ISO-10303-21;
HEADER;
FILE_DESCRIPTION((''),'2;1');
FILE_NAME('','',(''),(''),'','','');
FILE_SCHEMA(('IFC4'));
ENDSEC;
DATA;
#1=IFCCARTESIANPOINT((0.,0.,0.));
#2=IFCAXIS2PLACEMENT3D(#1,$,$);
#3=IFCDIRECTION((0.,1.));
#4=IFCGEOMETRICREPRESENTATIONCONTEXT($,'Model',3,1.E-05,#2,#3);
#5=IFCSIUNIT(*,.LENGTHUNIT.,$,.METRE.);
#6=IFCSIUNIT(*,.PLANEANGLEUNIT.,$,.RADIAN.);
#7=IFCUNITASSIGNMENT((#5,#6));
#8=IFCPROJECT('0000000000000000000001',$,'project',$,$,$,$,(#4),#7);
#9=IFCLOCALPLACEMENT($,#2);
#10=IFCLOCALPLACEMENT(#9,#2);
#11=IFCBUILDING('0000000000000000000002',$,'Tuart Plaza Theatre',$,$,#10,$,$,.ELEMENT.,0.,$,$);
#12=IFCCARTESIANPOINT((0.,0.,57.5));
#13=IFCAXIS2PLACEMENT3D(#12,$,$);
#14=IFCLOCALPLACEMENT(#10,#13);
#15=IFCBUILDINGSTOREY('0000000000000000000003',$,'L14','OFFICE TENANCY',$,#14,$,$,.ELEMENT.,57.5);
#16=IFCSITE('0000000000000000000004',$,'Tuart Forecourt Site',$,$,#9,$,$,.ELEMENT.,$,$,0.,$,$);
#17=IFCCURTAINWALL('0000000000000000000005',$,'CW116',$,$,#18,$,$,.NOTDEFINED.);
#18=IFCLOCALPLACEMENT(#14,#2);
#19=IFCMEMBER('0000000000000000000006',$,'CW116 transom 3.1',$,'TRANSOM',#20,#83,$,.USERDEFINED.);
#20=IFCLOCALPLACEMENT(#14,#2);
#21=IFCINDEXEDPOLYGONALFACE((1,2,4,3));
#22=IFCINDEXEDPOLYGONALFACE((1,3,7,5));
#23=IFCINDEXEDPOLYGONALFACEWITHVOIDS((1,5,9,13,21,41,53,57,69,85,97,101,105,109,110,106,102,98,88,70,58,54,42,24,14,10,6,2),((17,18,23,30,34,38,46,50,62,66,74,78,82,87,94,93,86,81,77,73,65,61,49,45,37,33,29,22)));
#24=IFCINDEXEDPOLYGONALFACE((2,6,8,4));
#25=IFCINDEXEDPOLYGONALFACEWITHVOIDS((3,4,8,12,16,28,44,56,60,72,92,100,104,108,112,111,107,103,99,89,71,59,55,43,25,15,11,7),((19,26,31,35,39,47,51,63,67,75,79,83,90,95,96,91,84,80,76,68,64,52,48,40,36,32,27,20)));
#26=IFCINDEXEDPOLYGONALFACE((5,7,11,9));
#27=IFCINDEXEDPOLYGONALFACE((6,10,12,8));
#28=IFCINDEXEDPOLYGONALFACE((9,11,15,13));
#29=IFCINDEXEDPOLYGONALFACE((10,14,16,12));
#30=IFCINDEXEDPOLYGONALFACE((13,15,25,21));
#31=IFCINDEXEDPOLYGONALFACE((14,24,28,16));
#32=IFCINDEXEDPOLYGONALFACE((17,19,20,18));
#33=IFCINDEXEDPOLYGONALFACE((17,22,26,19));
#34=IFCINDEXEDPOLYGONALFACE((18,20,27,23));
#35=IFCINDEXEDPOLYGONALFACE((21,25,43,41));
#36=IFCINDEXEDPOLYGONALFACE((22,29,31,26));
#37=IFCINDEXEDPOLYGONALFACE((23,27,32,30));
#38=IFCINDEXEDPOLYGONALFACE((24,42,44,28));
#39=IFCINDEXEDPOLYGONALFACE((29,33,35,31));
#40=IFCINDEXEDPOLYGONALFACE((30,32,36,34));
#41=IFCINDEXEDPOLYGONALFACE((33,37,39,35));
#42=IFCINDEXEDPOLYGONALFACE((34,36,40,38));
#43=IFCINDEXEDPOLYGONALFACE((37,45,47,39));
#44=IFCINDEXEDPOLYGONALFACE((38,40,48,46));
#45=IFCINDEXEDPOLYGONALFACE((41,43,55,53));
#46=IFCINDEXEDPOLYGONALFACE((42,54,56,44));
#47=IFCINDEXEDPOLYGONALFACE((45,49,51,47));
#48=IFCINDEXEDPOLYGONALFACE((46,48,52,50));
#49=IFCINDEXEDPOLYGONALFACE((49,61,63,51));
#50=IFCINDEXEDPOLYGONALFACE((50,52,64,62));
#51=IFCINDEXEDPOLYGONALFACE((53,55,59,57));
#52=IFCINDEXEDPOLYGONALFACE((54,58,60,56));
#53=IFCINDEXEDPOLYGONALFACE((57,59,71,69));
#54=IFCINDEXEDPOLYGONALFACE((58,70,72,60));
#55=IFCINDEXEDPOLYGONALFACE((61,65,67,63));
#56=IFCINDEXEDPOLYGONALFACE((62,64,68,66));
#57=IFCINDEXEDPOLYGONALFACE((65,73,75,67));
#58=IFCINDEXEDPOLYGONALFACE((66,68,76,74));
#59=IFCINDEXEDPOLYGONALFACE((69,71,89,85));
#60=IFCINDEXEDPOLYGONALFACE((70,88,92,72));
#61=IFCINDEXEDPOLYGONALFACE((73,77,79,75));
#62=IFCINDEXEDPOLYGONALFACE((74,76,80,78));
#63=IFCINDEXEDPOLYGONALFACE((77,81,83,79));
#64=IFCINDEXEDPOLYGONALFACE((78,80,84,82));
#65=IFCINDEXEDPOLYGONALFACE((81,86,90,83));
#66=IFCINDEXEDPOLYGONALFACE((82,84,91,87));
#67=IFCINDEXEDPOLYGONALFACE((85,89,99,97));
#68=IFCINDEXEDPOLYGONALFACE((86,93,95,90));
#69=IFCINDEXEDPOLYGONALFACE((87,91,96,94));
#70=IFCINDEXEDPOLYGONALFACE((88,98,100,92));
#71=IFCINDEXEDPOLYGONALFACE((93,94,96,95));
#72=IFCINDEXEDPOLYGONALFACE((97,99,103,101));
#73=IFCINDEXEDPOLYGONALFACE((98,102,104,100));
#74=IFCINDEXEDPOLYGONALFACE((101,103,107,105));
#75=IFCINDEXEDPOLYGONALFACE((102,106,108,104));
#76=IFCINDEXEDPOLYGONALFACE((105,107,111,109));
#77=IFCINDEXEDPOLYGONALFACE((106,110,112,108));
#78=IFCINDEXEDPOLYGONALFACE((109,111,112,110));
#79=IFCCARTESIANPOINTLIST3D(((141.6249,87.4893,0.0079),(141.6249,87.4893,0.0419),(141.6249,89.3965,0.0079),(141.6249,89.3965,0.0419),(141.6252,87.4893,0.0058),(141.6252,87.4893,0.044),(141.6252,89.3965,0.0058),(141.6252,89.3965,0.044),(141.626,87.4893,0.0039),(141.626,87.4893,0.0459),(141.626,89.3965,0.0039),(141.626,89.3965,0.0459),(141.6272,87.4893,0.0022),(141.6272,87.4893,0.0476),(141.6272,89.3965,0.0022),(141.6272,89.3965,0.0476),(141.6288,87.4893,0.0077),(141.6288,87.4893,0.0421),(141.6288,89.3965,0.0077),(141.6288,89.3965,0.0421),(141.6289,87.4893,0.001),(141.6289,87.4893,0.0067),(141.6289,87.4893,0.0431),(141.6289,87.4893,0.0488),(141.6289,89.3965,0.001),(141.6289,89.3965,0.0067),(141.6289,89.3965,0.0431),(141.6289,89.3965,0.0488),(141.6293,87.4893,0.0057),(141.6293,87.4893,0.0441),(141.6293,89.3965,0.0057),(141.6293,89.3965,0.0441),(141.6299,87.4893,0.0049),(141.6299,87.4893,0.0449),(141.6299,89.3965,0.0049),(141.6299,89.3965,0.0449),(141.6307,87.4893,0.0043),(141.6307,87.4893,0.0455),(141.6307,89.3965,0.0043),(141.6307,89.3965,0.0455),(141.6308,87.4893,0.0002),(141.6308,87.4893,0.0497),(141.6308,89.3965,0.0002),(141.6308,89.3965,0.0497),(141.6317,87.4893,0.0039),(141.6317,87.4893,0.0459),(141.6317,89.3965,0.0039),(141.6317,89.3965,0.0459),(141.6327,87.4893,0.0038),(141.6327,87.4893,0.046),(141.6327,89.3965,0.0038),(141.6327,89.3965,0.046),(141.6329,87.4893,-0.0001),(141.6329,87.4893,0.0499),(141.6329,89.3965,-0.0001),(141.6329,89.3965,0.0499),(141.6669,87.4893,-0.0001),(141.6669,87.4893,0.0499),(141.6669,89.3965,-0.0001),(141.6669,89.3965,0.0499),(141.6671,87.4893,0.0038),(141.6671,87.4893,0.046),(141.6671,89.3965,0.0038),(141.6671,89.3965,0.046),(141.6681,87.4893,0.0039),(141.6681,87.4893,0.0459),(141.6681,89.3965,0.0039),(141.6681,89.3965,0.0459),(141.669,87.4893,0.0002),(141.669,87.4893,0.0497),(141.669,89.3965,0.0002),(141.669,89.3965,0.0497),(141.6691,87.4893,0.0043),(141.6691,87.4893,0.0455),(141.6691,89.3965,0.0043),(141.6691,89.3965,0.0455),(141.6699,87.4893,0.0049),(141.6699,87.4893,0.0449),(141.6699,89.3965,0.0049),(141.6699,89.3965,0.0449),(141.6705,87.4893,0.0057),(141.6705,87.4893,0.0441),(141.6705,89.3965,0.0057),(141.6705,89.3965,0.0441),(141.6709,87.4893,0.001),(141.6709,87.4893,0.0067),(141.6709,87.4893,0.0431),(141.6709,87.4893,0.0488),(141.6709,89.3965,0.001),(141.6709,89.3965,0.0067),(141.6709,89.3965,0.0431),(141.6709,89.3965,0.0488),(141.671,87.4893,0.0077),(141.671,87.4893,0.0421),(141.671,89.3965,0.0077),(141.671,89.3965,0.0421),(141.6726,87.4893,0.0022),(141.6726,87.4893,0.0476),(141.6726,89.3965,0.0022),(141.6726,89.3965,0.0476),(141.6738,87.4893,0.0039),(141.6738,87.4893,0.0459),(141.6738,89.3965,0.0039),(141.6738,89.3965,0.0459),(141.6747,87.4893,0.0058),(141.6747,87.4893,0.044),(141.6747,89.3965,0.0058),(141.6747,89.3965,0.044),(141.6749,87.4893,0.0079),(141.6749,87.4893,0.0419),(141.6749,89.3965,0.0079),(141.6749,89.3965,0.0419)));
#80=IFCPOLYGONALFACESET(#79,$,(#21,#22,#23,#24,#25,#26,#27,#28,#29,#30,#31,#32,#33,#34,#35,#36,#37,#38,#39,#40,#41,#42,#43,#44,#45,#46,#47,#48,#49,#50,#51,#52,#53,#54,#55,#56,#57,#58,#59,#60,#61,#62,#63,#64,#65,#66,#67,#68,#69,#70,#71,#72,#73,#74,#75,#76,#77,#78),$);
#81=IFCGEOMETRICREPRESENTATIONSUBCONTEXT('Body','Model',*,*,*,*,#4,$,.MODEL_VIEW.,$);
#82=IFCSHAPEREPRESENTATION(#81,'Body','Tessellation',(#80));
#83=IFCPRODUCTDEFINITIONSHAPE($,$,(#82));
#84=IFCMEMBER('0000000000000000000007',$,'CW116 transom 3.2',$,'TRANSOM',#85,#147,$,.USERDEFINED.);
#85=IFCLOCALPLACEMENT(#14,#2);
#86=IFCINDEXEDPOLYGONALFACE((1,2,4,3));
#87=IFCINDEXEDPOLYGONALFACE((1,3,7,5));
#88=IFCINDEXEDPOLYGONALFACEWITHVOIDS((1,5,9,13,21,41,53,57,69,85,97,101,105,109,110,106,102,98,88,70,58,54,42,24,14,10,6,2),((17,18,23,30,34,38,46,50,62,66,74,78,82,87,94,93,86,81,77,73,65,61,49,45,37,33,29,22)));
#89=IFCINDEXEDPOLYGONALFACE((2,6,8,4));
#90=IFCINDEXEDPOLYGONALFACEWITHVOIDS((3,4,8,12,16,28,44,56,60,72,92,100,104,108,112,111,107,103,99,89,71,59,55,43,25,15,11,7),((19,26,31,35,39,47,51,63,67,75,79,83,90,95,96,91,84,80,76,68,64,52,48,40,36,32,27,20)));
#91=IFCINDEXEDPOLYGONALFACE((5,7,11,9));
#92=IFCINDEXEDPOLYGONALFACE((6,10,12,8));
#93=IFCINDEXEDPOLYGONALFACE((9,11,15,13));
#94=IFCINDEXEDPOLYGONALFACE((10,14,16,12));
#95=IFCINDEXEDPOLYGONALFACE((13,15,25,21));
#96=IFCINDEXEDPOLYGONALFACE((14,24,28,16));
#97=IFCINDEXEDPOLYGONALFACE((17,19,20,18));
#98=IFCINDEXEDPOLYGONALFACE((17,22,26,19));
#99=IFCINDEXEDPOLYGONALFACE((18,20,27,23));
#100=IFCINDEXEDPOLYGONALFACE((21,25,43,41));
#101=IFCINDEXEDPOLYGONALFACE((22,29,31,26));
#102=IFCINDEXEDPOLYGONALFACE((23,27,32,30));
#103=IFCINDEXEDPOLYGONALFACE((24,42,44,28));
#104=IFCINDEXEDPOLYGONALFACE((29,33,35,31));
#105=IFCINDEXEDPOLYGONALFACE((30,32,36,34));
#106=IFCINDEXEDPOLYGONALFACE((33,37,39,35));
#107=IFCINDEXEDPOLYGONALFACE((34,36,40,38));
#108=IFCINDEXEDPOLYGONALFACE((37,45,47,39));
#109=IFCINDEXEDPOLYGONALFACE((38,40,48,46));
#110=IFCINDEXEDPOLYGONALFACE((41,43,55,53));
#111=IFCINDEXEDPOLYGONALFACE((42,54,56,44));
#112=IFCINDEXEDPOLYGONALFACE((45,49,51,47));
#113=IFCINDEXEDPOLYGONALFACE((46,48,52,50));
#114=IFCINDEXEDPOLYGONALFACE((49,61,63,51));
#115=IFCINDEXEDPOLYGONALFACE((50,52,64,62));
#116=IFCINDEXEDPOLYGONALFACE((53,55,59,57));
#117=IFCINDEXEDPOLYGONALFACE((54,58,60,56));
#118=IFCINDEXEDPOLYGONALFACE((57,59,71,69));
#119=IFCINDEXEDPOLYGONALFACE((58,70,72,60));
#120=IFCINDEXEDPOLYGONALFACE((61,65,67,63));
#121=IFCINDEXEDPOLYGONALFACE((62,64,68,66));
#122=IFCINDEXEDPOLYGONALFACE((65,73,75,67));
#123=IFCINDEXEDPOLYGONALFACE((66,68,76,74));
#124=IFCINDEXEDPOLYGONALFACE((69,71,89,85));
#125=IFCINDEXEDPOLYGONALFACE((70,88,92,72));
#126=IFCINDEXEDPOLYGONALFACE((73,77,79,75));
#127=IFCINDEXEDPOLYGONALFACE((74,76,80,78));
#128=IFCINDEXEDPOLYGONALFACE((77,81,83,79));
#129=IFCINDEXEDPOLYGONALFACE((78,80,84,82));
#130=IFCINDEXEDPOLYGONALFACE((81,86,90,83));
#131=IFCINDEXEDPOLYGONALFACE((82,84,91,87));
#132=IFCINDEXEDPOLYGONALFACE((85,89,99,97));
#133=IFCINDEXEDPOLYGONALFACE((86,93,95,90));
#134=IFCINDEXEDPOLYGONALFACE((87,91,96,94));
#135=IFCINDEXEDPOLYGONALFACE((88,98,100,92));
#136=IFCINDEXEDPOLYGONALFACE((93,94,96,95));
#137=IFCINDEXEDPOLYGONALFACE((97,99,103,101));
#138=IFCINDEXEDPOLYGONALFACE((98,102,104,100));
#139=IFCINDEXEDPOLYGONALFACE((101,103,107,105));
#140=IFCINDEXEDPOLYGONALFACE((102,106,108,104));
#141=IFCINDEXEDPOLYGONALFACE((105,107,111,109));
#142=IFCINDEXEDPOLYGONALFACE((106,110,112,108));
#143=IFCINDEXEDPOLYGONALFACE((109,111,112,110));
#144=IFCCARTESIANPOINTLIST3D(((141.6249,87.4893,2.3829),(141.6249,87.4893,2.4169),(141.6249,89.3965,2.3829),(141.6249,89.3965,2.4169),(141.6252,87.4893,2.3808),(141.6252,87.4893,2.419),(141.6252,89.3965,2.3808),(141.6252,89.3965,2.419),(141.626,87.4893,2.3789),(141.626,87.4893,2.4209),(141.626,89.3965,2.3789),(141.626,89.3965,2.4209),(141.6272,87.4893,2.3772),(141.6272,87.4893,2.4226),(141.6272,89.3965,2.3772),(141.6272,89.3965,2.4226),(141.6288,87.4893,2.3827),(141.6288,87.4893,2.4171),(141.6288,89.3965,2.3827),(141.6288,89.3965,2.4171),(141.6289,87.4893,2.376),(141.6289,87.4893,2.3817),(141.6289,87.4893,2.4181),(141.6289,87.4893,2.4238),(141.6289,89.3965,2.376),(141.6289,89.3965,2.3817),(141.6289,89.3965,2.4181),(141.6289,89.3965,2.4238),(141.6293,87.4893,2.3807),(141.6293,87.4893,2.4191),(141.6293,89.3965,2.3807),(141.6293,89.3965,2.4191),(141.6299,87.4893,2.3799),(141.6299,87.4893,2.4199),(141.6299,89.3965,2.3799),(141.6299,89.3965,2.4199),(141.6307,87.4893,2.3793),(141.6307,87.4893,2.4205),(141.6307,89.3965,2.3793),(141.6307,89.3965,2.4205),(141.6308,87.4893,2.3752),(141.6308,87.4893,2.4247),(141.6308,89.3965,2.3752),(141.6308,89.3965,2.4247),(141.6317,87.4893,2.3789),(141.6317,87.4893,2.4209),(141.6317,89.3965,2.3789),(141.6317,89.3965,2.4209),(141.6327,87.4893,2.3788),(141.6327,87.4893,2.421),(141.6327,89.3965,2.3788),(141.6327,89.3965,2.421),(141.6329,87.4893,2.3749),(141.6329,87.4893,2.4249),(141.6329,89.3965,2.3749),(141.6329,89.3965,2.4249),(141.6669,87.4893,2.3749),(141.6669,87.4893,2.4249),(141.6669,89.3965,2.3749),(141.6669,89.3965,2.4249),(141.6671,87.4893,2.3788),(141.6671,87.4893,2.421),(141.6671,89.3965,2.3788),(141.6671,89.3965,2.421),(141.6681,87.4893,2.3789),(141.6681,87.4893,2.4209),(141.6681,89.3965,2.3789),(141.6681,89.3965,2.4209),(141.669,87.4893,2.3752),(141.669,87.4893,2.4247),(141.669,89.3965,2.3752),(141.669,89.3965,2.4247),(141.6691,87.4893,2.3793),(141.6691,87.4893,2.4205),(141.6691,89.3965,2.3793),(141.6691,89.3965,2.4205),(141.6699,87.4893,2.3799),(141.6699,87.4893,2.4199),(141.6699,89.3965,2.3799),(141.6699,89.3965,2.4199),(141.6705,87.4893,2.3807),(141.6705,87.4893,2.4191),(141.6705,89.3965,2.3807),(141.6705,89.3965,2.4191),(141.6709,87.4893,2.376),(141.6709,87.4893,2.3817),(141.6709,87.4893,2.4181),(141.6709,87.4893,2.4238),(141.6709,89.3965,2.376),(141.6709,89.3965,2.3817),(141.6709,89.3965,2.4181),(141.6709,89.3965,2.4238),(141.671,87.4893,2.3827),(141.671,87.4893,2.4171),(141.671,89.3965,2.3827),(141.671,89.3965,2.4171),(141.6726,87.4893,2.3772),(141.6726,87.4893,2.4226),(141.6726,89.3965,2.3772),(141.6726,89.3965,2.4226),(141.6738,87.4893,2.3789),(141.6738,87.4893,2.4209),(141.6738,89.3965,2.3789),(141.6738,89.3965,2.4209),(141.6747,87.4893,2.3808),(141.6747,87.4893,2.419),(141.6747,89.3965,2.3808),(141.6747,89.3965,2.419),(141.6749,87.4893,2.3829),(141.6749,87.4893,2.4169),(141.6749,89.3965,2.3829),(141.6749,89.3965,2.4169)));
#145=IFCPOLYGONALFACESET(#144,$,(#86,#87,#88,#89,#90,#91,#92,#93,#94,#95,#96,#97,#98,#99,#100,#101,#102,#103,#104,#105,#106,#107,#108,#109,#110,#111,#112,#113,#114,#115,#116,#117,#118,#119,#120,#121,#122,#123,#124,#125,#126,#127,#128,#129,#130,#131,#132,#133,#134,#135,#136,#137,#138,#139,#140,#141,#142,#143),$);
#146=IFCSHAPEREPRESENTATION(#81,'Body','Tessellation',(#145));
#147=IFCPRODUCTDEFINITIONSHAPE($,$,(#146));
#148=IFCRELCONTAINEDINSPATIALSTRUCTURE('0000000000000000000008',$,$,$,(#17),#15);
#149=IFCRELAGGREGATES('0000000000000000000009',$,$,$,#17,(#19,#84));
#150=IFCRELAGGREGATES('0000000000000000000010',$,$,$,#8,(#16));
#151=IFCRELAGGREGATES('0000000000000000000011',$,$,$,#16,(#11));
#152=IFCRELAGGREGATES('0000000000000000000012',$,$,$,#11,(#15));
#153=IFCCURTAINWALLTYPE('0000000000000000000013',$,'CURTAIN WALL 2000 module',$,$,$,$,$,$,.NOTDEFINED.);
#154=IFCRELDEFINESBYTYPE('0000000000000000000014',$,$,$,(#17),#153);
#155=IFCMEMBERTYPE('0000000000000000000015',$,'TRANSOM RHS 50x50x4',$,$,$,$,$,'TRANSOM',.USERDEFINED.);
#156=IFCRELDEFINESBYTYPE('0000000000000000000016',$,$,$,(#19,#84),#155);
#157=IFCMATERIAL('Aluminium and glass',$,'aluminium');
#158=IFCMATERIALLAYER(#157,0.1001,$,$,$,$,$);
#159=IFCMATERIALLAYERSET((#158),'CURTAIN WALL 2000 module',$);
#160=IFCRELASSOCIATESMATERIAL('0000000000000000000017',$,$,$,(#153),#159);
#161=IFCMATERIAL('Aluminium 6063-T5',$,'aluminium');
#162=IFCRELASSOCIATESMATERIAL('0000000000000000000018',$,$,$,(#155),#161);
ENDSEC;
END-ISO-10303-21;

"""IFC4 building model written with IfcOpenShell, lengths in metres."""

from ifc_helpers import new_model, si_unit, direction, frame, origin, origin_2d, place, context, subcontext, project, spatial, hollow_rectangle, extrude, material, layer, layer_set, material_profile, profile_set, type_object, element, aggregate, save


model = new_model("IFC4")

# Units and contexts
model_context = context("Model", 3, precision=1e-05, world=origin(), true_north=direction((0.0, 1.0)))
body_context = subcontext(model_context, "Body", "Model", "MODEL_VIEW")
ifc_project = project(units=[si_unit("LENGTHUNIT", "METRE"), si_unit("PLANEANGLEUNIT", "RADIAN")], contexts=[model_context])

# Site, building, storey
site_placement = place(None, origin())
site = spatial("IfcSite", under=ifc_project, at=site_placement, Name="Tuart Forecourt Site", CompositionType="ELEMENT", RefElevation=0.0)
building_placement = place(site_placement, origin())
building = spatial("IfcBuilding", under=site, at=building_placement, Name="Tuart Plaza Theatre", CompositionType="ELEMENT", ElevationOfRefHeight=0.0)
storey_placement = place(building_placement, frame((0.0, 0.0, 57.5)))
storey = spatial("IfcBuildingStorey", under=building, at=storey_placement, Name="L14", Description="OFFICE TENANCY", CompositionType="ELEMENT", Elevation=57.5)

# Curtain wall, members
ifc_material_1 = material(Name="Aluminium and glass", Category="aluminium")
ifc_layer_1 = layer(ifc_material_1, 0.1001)
ifc_layer_set_1 = layer_set([ifc_layer_1], Name="CURTAIN WALL 2000 module")
curtain_wall_type = type_object("IfcCurtainWallType", Name="CURTAIN WALL 2000 module", PredefinedType="NOTDEFINED", material=ifc_layer_set_1)
curtain_wall_placement = place(storey_placement, origin())
curtain_wall = element("IfcCurtainWall", 1, at=curtain_wall_placement, inside=storey, type_object=curtain_wall_type, Name="CW116", PredefinedType="NOTDEFINED")
ifc_material_2 = material(Name="Aluminium 6063-T5", Category="aluminium")
ifc_material_profile_1 = material_profile(ifc_material_2, hollow_rectangle(XDim=0.05, YDim=0.05, WallThickness=0.0039, InnerFilletRadius=0.0039, OuterFilletRadius=0.0081, at=origin_2d()), Name="RHS 50x50x4")
ifc_profile_set_1 = profile_set([ifc_material_profile_1], Name="Aluminium 6063-T5")
member_type_1 = type_object("IfcMemberType", Name="TRANSOM RHS 50x50x4", ElementType="TRANSOM", PredefinedType="USERDEFINED", material=ifc_profile_set_1)
member_1_placement = place(storey_placement, frame((141.6499, 87.4893, 0.0249), z_axis=(0.0, 1.0, 0.0), x_axis=(-1.0, 0.0, 0.0)))
member_1 = element("IfcMember", 2, at=member_1_placement, type_object=member_type_1, Name="CW116 transom 3.1", ObjectType="TRANSOM", PredefinedType="USERDEFINED", context=body_context, shape_type="SweptSolid", body=[
    extrude(hollow_rectangle(XDim=0.05, YDim=0.05, WallThickness=0.0039, InnerFilletRadius=0.0039, OuterFilletRadius=0.0081, at=origin_2d()), origin(), (0.0, 0.0, 1.0), 1.9072),
])
member_2_placement = place(storey_placement, frame((141.6499, 87.4893, 2.3999), z_axis=(0.0, 1.0, 0.0), x_axis=(-1.0, 0.0, 0.0)))
member_2 = element("IfcMember", 3, at=member_2_placement, type_object=member_type_1, Name="CW116 transom 3.2", ObjectType="TRANSOM", PredefinedType="USERDEFINED", context=body_context, shape_type="SweptSolid", body=[
    extrude(hollow_rectangle(XDim=0.05, YDim=0.05, WallThickness=0.0039, InnerFilletRadius=0.0039, OuterFilletRadius=0.0081, at=origin_2d()), origin(), (0.0, 0.0, 1.0), 1.9072),
])
aggregate(curtain_wall, [member_1, member_2])

save(model, "model.ifc")
